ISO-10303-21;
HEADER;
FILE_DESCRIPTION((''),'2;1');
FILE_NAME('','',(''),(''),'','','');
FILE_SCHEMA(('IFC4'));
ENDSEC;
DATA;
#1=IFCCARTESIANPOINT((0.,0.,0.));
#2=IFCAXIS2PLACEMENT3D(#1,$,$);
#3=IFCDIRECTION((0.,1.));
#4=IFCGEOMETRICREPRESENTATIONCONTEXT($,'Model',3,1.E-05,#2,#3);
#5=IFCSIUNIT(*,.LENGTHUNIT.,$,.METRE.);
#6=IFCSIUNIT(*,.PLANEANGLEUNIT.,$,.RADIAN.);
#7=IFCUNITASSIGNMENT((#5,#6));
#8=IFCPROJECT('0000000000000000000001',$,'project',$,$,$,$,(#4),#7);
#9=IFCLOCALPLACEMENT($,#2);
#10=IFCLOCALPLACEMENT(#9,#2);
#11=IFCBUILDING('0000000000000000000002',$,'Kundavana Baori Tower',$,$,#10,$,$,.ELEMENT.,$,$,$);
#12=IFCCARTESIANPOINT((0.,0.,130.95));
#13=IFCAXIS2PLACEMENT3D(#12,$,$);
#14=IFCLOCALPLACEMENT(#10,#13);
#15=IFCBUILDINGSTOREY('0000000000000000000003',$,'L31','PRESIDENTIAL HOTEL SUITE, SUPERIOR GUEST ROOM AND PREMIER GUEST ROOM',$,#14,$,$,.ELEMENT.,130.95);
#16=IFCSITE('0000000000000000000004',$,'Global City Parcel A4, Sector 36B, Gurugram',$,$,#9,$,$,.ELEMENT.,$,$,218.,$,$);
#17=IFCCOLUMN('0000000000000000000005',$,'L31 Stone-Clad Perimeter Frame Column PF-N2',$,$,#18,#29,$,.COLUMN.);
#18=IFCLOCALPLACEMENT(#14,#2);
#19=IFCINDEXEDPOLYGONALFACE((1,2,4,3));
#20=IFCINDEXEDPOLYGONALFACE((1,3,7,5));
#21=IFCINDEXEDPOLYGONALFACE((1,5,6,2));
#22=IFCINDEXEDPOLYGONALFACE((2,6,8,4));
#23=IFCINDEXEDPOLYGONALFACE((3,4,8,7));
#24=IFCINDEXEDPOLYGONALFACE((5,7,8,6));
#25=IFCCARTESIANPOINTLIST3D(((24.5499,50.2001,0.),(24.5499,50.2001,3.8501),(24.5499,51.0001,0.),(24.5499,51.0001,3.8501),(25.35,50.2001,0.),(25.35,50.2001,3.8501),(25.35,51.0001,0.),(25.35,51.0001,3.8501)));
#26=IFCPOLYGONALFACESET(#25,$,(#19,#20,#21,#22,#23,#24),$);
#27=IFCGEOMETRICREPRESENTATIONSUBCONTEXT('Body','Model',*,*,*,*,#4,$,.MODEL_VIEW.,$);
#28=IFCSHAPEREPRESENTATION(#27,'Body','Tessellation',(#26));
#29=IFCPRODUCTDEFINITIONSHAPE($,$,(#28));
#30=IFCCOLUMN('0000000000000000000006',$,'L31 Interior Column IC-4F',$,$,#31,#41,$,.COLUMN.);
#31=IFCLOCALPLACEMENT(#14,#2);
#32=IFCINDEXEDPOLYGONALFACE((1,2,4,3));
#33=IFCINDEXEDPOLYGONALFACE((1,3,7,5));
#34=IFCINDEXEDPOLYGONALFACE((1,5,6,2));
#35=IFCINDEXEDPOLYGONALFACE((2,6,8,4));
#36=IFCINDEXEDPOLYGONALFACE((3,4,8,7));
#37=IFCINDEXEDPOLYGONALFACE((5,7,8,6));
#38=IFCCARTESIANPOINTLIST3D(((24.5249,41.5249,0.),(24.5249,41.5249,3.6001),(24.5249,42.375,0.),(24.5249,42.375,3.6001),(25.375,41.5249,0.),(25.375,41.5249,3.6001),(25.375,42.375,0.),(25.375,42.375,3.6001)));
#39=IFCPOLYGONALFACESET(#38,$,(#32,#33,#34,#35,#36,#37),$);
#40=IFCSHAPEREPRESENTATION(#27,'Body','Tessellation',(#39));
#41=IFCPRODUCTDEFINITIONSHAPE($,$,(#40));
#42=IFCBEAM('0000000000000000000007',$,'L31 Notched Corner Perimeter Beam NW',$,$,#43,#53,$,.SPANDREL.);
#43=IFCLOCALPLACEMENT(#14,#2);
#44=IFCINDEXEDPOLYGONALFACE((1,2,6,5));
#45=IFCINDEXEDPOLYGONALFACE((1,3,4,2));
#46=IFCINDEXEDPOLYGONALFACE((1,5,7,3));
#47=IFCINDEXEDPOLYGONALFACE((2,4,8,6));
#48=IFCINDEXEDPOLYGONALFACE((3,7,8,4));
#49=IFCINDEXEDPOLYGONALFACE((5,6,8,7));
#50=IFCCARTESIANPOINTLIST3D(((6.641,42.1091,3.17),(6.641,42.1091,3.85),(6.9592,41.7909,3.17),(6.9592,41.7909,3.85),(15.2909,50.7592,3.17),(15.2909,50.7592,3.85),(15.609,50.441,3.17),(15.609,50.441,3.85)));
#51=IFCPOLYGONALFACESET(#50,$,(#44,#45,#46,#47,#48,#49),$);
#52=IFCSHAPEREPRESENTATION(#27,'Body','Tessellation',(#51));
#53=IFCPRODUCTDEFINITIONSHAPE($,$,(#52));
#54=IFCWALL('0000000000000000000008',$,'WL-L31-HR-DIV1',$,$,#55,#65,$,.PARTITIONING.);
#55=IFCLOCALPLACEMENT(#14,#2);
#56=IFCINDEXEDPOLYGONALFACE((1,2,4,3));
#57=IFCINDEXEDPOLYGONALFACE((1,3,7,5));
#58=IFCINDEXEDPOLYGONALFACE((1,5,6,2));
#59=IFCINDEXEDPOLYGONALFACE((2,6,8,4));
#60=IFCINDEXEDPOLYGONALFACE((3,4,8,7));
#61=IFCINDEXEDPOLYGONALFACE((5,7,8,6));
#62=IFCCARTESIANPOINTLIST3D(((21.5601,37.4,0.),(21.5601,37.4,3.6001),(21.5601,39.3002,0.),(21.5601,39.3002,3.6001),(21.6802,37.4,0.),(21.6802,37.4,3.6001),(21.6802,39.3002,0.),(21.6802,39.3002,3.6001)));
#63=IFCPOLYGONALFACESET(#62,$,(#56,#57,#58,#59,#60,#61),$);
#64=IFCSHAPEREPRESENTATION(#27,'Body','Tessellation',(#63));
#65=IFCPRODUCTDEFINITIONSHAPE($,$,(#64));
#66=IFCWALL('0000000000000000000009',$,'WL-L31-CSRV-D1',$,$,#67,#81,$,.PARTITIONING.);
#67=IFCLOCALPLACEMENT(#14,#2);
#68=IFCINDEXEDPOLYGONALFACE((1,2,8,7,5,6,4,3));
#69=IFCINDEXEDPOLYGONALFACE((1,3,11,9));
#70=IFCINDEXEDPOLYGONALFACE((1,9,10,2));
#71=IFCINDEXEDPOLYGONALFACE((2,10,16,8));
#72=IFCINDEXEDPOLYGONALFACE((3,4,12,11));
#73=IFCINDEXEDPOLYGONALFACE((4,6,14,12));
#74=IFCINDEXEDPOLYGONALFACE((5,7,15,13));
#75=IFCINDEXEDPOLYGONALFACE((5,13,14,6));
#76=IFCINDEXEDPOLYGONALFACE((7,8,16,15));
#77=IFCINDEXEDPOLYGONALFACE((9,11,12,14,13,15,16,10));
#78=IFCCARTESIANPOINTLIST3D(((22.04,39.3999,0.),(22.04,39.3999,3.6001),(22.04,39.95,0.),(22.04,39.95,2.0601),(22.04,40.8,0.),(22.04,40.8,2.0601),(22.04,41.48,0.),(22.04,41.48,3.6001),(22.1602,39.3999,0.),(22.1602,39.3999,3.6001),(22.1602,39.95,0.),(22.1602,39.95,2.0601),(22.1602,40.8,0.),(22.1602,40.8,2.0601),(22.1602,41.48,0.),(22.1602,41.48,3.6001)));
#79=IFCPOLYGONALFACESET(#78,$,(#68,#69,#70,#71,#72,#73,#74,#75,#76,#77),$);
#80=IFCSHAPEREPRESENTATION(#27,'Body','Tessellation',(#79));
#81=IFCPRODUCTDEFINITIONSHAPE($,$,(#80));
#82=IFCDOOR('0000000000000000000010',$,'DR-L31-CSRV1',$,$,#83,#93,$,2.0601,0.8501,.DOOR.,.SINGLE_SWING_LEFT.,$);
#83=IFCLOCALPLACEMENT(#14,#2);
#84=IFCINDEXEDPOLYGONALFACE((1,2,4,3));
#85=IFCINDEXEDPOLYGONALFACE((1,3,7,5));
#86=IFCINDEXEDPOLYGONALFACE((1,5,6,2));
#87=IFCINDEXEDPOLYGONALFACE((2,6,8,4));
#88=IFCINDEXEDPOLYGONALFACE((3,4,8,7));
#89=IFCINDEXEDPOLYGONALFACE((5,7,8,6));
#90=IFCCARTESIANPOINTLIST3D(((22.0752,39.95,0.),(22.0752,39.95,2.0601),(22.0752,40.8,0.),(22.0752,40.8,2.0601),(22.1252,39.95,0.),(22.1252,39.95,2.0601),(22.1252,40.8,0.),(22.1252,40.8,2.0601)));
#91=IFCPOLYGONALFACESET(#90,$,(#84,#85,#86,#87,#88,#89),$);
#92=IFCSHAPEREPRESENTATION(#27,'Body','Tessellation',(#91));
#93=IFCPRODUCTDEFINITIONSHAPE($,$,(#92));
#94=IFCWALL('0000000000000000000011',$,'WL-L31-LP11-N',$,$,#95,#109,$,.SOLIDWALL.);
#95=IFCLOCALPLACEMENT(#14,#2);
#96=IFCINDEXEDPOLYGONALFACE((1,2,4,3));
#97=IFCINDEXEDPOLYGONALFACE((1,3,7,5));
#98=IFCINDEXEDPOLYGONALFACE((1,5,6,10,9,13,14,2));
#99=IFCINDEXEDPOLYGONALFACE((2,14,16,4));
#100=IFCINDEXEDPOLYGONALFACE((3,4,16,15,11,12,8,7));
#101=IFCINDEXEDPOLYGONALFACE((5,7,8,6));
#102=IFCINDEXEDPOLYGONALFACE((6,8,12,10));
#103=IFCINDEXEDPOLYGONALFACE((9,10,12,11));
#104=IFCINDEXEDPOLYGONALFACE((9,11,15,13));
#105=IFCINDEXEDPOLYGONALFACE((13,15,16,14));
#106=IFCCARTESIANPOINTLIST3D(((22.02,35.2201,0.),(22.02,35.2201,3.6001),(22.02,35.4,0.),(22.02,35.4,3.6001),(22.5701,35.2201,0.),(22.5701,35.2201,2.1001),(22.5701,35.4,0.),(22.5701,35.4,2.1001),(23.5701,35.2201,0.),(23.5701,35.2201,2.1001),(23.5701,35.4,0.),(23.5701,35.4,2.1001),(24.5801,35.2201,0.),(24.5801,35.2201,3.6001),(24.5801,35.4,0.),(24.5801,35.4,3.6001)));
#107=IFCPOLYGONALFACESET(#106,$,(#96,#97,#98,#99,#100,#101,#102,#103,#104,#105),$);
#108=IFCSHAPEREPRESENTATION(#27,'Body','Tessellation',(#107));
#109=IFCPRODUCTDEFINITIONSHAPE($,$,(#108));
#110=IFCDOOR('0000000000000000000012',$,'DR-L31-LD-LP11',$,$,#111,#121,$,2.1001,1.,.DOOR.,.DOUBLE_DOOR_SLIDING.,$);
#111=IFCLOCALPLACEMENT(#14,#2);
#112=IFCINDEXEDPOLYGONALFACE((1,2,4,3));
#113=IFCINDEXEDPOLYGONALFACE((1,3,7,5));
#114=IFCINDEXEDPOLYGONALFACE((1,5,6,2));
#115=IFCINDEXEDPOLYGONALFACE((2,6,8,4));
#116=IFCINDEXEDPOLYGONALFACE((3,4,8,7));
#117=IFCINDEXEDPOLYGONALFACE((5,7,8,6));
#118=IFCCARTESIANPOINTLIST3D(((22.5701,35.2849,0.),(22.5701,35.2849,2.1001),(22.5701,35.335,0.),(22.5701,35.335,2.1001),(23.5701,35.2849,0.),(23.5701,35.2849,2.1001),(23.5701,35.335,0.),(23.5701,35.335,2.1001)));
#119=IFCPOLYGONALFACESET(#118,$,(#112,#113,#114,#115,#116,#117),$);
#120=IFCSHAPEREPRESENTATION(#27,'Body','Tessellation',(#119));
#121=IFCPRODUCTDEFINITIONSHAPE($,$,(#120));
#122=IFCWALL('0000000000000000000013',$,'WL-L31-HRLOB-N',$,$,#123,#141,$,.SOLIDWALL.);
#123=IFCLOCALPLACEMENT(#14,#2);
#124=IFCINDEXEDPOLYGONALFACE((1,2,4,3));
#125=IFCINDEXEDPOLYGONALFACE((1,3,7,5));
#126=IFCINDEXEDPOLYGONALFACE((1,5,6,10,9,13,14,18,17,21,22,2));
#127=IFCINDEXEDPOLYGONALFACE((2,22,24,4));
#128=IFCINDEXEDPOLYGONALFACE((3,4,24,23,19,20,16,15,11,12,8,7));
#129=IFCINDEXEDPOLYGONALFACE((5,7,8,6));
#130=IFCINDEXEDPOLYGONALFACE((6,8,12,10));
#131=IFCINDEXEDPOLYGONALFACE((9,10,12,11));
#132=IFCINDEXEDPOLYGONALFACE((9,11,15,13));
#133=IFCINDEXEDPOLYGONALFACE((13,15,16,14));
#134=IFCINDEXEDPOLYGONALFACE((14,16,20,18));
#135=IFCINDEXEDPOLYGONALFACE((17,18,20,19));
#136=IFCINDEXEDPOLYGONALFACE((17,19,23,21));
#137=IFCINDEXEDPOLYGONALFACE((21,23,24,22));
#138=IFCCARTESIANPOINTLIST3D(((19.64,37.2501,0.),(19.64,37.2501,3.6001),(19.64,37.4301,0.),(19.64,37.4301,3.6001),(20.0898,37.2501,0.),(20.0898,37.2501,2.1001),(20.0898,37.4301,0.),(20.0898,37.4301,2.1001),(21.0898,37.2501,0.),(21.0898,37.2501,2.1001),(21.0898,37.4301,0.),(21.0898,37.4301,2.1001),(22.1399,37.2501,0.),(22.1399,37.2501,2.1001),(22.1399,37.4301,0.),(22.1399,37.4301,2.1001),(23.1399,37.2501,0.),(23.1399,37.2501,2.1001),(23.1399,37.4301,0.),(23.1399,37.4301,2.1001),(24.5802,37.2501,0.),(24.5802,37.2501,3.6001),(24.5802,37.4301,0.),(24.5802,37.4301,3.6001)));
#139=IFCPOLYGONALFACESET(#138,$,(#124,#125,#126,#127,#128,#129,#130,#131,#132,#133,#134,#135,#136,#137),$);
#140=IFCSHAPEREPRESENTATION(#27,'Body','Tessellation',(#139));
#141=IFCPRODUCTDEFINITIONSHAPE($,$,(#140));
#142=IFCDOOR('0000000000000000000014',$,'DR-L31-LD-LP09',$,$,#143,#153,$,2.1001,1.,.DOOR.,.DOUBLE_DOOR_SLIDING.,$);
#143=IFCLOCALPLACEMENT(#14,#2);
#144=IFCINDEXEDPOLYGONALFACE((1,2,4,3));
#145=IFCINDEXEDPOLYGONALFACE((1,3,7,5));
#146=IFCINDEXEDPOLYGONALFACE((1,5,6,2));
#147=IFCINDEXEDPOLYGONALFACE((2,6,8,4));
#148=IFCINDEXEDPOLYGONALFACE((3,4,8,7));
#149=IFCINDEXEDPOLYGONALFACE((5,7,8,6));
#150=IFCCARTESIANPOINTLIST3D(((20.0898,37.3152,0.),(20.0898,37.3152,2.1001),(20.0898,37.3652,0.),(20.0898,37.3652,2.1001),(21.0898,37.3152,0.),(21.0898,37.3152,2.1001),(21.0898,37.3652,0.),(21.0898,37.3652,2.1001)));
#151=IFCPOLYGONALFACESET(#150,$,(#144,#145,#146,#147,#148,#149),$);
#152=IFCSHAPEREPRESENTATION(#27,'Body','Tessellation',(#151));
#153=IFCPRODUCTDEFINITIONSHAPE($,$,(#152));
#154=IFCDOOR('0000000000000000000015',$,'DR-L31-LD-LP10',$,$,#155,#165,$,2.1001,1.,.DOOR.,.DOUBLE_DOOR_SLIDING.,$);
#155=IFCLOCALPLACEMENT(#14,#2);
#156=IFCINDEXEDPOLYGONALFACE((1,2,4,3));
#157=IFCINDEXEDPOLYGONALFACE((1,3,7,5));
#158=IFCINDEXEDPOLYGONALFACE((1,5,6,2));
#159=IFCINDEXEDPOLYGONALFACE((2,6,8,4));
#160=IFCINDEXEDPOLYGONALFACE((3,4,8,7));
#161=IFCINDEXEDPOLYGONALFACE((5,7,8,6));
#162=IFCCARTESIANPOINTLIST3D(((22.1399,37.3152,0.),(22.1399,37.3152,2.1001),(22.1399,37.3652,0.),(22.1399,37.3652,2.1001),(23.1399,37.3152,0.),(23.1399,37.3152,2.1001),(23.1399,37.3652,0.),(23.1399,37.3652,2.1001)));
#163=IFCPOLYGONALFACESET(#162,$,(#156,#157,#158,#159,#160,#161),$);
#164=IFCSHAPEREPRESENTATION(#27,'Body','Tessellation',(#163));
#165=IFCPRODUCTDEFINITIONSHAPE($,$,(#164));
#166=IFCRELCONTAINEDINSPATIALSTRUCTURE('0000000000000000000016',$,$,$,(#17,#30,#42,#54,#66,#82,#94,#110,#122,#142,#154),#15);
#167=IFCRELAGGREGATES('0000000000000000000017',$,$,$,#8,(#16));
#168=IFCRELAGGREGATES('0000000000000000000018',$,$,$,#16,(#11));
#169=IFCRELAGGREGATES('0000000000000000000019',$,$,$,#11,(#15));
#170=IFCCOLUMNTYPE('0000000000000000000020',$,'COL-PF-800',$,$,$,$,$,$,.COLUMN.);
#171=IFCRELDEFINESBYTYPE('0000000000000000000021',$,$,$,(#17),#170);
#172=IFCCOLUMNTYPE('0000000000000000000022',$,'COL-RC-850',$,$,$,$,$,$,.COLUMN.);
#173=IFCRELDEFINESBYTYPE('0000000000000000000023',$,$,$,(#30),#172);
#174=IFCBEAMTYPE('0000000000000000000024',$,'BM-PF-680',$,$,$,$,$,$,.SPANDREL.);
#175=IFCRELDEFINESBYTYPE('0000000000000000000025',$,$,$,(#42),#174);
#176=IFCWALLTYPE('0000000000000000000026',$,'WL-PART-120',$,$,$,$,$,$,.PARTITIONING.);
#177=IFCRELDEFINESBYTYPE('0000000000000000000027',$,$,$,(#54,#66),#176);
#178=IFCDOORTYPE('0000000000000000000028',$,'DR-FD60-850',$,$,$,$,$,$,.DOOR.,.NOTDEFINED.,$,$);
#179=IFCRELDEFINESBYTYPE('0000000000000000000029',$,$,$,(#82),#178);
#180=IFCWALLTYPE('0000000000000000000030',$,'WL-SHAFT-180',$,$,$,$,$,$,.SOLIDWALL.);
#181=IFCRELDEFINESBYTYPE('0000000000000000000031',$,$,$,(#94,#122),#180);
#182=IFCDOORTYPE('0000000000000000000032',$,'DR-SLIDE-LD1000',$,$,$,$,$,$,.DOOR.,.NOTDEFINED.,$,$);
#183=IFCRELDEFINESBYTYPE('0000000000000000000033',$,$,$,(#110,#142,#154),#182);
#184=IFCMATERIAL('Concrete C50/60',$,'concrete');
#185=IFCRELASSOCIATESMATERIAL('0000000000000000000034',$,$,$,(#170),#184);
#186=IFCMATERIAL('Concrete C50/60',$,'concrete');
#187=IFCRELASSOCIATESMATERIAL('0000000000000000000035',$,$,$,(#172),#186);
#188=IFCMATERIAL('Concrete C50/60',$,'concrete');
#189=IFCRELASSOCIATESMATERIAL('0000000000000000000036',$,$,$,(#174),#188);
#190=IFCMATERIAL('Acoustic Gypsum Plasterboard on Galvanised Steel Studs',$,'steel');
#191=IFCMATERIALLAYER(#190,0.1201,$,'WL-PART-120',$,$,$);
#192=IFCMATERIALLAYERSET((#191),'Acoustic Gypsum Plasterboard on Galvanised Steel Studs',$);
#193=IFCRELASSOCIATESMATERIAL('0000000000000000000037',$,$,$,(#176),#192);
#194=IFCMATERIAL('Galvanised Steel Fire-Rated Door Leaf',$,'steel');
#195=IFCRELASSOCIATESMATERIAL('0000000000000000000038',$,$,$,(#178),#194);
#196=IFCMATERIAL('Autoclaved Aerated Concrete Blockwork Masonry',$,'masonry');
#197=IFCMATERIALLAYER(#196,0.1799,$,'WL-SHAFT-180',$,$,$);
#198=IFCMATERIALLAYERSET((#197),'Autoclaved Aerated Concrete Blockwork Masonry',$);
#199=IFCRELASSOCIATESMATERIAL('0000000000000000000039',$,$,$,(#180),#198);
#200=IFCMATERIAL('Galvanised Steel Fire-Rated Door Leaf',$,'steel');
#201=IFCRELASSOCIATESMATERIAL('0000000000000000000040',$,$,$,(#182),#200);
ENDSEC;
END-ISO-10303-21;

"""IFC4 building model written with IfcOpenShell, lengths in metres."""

from ifc_helpers import new_model, si_unit, direction, frame, frame_2d, origin, origin_2d, place, context, subcontext, project, spatial, rectangle, extrude, material, layer, layer_set, material_profile, profile_set, type_object, element, fill, save


model = new_model("IFC4")

# Units and contexts
model_context = context("Model", 3, precision=1e-05, world=origin(), true_north=direction((0.0, 1.0)))
body_context = subcontext(model_context, "Body", "Model", "MODEL_VIEW")
ifc_project = project(units=[si_unit("LENGTHUNIT", "METRE"), si_unit("PLANEANGLEUNIT", "RADIAN")], contexts=[model_context])

# Site, building, storey
site_placement = place(None, origin())
site = spatial("IfcSite", under=ifc_project, at=site_placement, Name="Global City Parcel A4, Sector 36B, Gurugram", CompositionType="ELEMENT", RefElevation=218.0)
building_placement = place(site_placement, origin())
building = spatial("IfcBuilding", under=site, at=building_placement, Name="Kundavana Baori Tower", CompositionType="ELEMENT")
storey_placement = place(building_placement, frame((0.0, 0.0, 130.95)))
storey = spatial("IfcBuildingStorey", under=building, at=storey_placement, Name="L31", Description="PRESIDENTIAL HOTEL SUITE, SUPERIOR GUEST ROOM AND PREMIER GUEST ROOM", CompositionType="ELEMENT", Elevation=130.95)

# Columns
ifc_material_1 = material(Name="Concrete C50/60", Category="concrete")
ifc_material_profile_1 = material_profile(ifc_material_1, rectangle(XDim=0.8, YDim=0.8, at=origin_2d()), Name="RC PF 800x800")
ifc_profile_set_1 = profile_set([ifc_material_profile_1], Name="Concrete C50/60")
column_type_1 = type_object("IfcColumnType", Name="COL-PF-800", PredefinedType="COLUMN", material=ifc_profile_set_1)
column_1_placement = place(storey_placement, frame((24.95, 50.6001, 0.0), z_axis=(0.0, 0.0, 1.0), x_axis=(1.0, 0.0, 0.0)))
element("IfcColumn", 1, at=column_1_placement, inside=storey, type_object=column_type_1, Name="L31 Stone-Clad Perimeter Frame Column PF-N2", PredefinedType="COLUMN", context=body_context, shape_type="SweptSolid", body=[
    extrude(rectangle(XDim=0.8, YDim=0.8, at=origin_2d()), origin(), (0.0, 0.0, 1.0), 3.8501),
])
ifc_material_2 = material(Name="Concrete C50/60", Category="concrete")
ifc_material_profile_2 = material_profile(ifc_material_2, rectangle(XDim=0.8501, YDim=0.8501, at=origin_2d()), Name="RC 850x850")
ifc_profile_set_2 = profile_set([ifc_material_profile_2], Name="Concrete C50/60")
column_type_2 = type_object("IfcColumnType", Name="COL-RC-850", PredefinedType="COLUMN", material=ifc_profile_set_2)
column_2_placement = place(storey_placement, frame((24.95, 41.95, 0.0), z_axis=(0.0, 0.0, 1.0), x_axis=(1.0, 0.0, 0.0)))
element("IfcColumn", 2, at=column_2_placement, inside=storey, type_object=column_type_2, Name="L31 Interior Column IC-4F", PredefinedType="COLUMN", context=body_context, shape_type="SweptSolid", body=[
    extrude(rectangle(XDim=0.8501, YDim=0.8501, at=origin_2d()), origin(), (0.0, 0.0, 1.0), 3.6001),
])

# Beam
ifc_material_3 = material(Name="Concrete C50/60", Category="concrete")
ifc_material_profile_3 = material_profile(ifc_material_3, rectangle(XDim=0.45, YDim=0.6799, at=origin_2d()), Name="RC BM 450x680")
ifc_profile_set_3 = profile_set([ifc_material_profile_3], Name="Concrete C50/60")
beam_type = type_object("IfcBeamType", Name="BM-PF-680", PredefinedType="SPANDREL", material=ifc_profile_set_3)
beam_placement = place(storey_placement, frame((15.45, 50.6001, 3.51), z_axis=(-0.707097, -0.707117, 0.0), x_axis=(0.707117, -0.707097, 0.0)))
element("IfcBeam", 3, at=beam_placement, inside=storey, type_object=beam_type, Name="L31 Notched Corner Perimeter Beam NW", PredefinedType="SPANDREL", context=body_context, shape_type="SweptSolid", body=[
    extrude(rectangle(XDim=0.45, YDim=0.6799, at=origin_2d()), origin(), (0.0, 0.0, 1.0), 12.2329),
])

# Wall
ifc_material_4 = material(Name="Acoustic Gypsum Plasterboard on Galvanised Steel Studs", Category="steel")
ifc_layer_1 = layer(ifc_material_4, 0.1201, Name="WL-PART-120")
ifc_layer_set_1 = layer_set([ifc_layer_1], Name="Acoustic Gypsum Plasterboard on Galvanised Steel Studs")
wall_type_1 = type_object("IfcWallType", Name="WL-PART-120", PredefinedType="PARTITIONING", material=ifc_layer_set_1)
wall_1_placement = place(storey_placement, frame((21.6201, 37.3999, 0.0), z_axis=(0.0, 0.0, 1.0), x_axis=(0.0, 1.0, 0.0)))
element("IfcWall", 4, at=wall_1_placement, inside=storey, type_object=wall_type_1, Name="WL-L31-HR-DIV1", PredefinedType="PARTITIONING", context=body_context, shape_type="SweptSolid", body=[
    extrude(rectangle(XDim=1.9001, YDim=0.1201, at=frame_2d((0.9502, 0.0))), origin(), (0.0, 0.0, 1.0), 3.6001),
])

# Walls, openings, doors
wall_2_placement = place(storey_placement, frame((22.1001, 39.3999, 0.0), z_axis=(0.0, 0.0, 1.0), x_axis=(0.0, 1.0, 0.0)))
wall_2 = element("IfcWall", 5, at=wall_2_placement, inside=storey, type_object=wall_type_1, Name="WL-L31-CSRV-D1", PredefinedType="PARTITIONING", context=body_context, shape_type="SweptSolid", body=[
    extrude(rectangle(XDim=2.0801, YDim=0.1201, at=frame_2d((1.04, 0.0))), origin(), (0.0, 0.0, 1.0), 3.6001),
])
opening_1_placement = place(wall_2_placement, frame((0.55, 0.0, 0.0)))
opening_1 = element("IfcOpeningElement", 6, at=opening_1_placement, cuts=wall_2, PredefinedType="OPENING", context=body_context, shape_type="SweptSolid", body=[
    extrude(rectangle(XDim=0.8501, YDim=2.0601, at=frame_2d((0.425, 1.03))), frame((0.0, 0.0701, 0.0), z_axis=(0.0, -1.0, 0.0), x_axis=(1.0, 0.0, 0.0)), (0.0, 0.0, 1.0), 0.1401),
])
ifc_material_5 = material(Name="Galvanised Steel Fire-Rated Door Leaf", Category="steel")
door_type_1 = type_object("IfcDoorType", Name="DR-FD60-850", OperationType="NOTDEFINED", PredefinedType="DOOR", material=ifc_material_5)
door_1_placement = place(opening_1_placement, origin())
door_1 = element("IfcDoor", 7, at=door_1_placement, inside=storey, type_object=door_type_1, Name="DR-L31-CSRV1", OperationType="SINGLE_SWING_LEFT", OverallHeight=2.0601, OverallWidth=0.8501, PredefinedType="DOOR", context=body_context, shape_type="SweptSolid", body=[
    extrude(rectangle(XDim=0.8501, YDim=2.0601, at=frame_2d((0.425, 1.03))), frame((0.0, 0.0249, 0.0), z_axis=(0.0, -1.0, 0.0), x_axis=(1.0, 0.0, 0.0)), (0.0, 0.0, 1.0), 0.05),
])
fill(opening_1, door_1)
ifc_material_6 = material(Name="Autoclaved Aerated Concrete Blockwork Masonry", Category="masonry")
ifc_layer_2 = layer(ifc_material_6, 0.1799, Name="WL-SHAFT-180")
ifc_layer_set_2 = layer_set([ifc_layer_2], Name="Autoclaved Aerated Concrete Blockwork Masonry")
wall_type_2 = type_object("IfcWallType", Name="WL-SHAFT-180", PredefinedType="SOLIDWALL", material=ifc_layer_set_2)
wall_3_placement = place(storey_placement, frame((22.02, 35.3101, 0.0), z_axis=(0.0, 0.0, 1.0), x_axis=(1.0, 0.0, 0.0)))
wall_3 = element("IfcWall", 8, at=wall_3_placement, inside=storey, type_object=wall_type_2, Name="WL-L31-LP11-N", PredefinedType="SOLIDWALL", context=body_context, shape_type="SweptSolid", body=[
    extrude(rectangle(XDim=2.5601, YDim=0.1799, at=frame_2d((1.28, 0.0))), origin(), (0.0, 0.0, 1.0), 3.6001),
])
opening_2_placement = place(wall_3_placement, frame((0.55, 0.0, 0.0)))
opening_2 = element("IfcOpeningElement", 9, at=opening_2_placement, cuts=wall_3, PredefinedType="OPENING", context=body_context, shape_type="SweptSolid", body=[
    extrude(rectangle(XDim=1.0, YDim=2.1001, at=frame_2d((0.5, 1.05))), frame((0.0, 0.1001, 0.0), z_axis=(0.0, -1.0, 0.0), x_axis=(1.0, 0.0, 0.0)), (0.0, 0.0, 1.0), 0.2),
])
ifc_material_7 = material(Name="Galvanised Steel Fire-Rated Door Leaf", Category="steel")
door_type_2 = type_object("IfcDoorType", Name="DR-SLIDE-LD1000", OperationType="NOTDEFINED", PredefinedType="DOOR", material=ifc_material_7)
door_2_placement = place(opening_2_placement, origin())
door_2 = element("IfcDoor", 10, at=door_2_placement, inside=storey, type_object=door_type_2, Name="DR-L31-LD-LP11", OperationType="DOUBLE_DOOR_SLIDING", OverallHeight=2.1001, OverallWidth=1.0, PredefinedType="DOOR", context=body_context, shape_type="SweptSolid", body=[
    extrude(rectangle(XDim=1.0, YDim=2.1001, at=frame_2d((0.5, 1.05))), frame((0.0, 0.0249, 0.0), z_axis=(0.0, -1.0, 0.0), x_axis=(1.0, 0.0, 0.0)), (0.0, 0.0, 1.0), 0.05),
])
fill(opening_2, door_2)

# Wall, openings, doors
wall_4_placement = place(storey_placement, frame((19.6399, 37.3401, 0.0), z_axis=(0.0, 0.0, 1.0), x_axis=(1.0, 0.0, 0.0)))
wall_4 = element("IfcWall", 11, at=wall_4_placement, inside=storey, type_object=wall_type_2, Name="WL-L31-HRLOB-N", PredefinedType="SOLIDWALL", context=body_context, shape_type="SweptSolid", body=[
    extrude(rectangle(XDim=4.9402, YDim=0.1799, at=frame_2d((2.4702, 0.0))), origin(), (0.0, 0.0, 1.0), 3.6001),
])
opening_3_placement = place(wall_4_placement, frame((0.45, 0.0, 0.0)))
opening_3 = element("IfcOpeningElement", 12, at=opening_3_placement, cuts=wall_4, PredefinedType="OPENING", context=body_context, shape_type="SweptSolid", body=[
    extrude(rectangle(XDim=1.0, YDim=2.1001, at=frame_2d((0.5, 1.05))), frame((0.0, 0.1001, 0.0), z_axis=(0.0, -1.0, 0.0), x_axis=(1.0, 0.0, 0.0)), (0.0, 0.0, 1.0), 0.2),
])
opening_4_placement = place(wall_4_placement, frame((2.5, 0.0, 0.0)))
opening_4 = element("IfcOpeningElement", 13, at=opening_4_placement, cuts=wall_4, PredefinedType="OPENING", context=body_context, shape_type="SweptSolid", body=[
    extrude(rectangle(XDim=1.0, YDim=2.1001, at=frame_2d((0.5, 1.05))), frame((0.0, 0.1001, 0.0), z_axis=(0.0, -1.0, 0.0), x_axis=(1.0, 0.0, 0.0)), (0.0, 0.0, 1.0), 0.2),
])
door_3_placement = place(opening_3_placement, frame((1.0, 0.0, 0.0), z_axis=(0.0, 0.0, 1.0), x_axis=(-1.0, 0.0, 0.0)))
door_3 = element("IfcDoor", 14, at=door_3_placement, inside=storey, type_object=door_type_2, Name="DR-L31-LD-LP09", OperationType="DOUBLE_DOOR_SLIDING", OverallHeight=2.1001, OverallWidth=1.0, PredefinedType="DOOR", context=body_context, shape_type="SweptSolid", body=[
    extrude(rectangle(XDim=1.0, YDim=2.1001, at=frame_2d((0.5, 1.05))), frame((0.0, 0.0249, 0.0), z_axis=(0.0, -1.0, 0.0), x_axis=(1.0, 0.0, 0.0)), (0.0, 0.0, 1.0), 0.05),
])
fill(opening_3, door_3)
door_4_placement = place(opening_4_placement, frame((1.0, 0.0, 0.0), z_axis=(0.0, 0.0, 1.0), x_axis=(-1.0, 0.0, 0.0)))
door_4 = element("IfcDoor", 15, at=door_4_placement, inside=storey, type_object=door_type_2, Name="DR-L31-LD-LP10", OperationType="DOUBLE_DOOR_SLIDING", OverallHeight=2.1001, OverallWidth=1.0, PredefinedType="DOOR", context=body_context, shape_type="SweptSolid", body=[
    extrude(rectangle(XDim=1.0, YDim=2.1001, at=frame_2d((0.5, 1.05))), frame((0.0, 0.0249, 0.0), z_axis=(0.0, -1.0, 0.0), x_axis=(1.0, 0.0, 0.0)), (0.0, 0.0, 1.0), 0.05),
])
fill(opening_4, door_4)

save(model, "model.ifc")
